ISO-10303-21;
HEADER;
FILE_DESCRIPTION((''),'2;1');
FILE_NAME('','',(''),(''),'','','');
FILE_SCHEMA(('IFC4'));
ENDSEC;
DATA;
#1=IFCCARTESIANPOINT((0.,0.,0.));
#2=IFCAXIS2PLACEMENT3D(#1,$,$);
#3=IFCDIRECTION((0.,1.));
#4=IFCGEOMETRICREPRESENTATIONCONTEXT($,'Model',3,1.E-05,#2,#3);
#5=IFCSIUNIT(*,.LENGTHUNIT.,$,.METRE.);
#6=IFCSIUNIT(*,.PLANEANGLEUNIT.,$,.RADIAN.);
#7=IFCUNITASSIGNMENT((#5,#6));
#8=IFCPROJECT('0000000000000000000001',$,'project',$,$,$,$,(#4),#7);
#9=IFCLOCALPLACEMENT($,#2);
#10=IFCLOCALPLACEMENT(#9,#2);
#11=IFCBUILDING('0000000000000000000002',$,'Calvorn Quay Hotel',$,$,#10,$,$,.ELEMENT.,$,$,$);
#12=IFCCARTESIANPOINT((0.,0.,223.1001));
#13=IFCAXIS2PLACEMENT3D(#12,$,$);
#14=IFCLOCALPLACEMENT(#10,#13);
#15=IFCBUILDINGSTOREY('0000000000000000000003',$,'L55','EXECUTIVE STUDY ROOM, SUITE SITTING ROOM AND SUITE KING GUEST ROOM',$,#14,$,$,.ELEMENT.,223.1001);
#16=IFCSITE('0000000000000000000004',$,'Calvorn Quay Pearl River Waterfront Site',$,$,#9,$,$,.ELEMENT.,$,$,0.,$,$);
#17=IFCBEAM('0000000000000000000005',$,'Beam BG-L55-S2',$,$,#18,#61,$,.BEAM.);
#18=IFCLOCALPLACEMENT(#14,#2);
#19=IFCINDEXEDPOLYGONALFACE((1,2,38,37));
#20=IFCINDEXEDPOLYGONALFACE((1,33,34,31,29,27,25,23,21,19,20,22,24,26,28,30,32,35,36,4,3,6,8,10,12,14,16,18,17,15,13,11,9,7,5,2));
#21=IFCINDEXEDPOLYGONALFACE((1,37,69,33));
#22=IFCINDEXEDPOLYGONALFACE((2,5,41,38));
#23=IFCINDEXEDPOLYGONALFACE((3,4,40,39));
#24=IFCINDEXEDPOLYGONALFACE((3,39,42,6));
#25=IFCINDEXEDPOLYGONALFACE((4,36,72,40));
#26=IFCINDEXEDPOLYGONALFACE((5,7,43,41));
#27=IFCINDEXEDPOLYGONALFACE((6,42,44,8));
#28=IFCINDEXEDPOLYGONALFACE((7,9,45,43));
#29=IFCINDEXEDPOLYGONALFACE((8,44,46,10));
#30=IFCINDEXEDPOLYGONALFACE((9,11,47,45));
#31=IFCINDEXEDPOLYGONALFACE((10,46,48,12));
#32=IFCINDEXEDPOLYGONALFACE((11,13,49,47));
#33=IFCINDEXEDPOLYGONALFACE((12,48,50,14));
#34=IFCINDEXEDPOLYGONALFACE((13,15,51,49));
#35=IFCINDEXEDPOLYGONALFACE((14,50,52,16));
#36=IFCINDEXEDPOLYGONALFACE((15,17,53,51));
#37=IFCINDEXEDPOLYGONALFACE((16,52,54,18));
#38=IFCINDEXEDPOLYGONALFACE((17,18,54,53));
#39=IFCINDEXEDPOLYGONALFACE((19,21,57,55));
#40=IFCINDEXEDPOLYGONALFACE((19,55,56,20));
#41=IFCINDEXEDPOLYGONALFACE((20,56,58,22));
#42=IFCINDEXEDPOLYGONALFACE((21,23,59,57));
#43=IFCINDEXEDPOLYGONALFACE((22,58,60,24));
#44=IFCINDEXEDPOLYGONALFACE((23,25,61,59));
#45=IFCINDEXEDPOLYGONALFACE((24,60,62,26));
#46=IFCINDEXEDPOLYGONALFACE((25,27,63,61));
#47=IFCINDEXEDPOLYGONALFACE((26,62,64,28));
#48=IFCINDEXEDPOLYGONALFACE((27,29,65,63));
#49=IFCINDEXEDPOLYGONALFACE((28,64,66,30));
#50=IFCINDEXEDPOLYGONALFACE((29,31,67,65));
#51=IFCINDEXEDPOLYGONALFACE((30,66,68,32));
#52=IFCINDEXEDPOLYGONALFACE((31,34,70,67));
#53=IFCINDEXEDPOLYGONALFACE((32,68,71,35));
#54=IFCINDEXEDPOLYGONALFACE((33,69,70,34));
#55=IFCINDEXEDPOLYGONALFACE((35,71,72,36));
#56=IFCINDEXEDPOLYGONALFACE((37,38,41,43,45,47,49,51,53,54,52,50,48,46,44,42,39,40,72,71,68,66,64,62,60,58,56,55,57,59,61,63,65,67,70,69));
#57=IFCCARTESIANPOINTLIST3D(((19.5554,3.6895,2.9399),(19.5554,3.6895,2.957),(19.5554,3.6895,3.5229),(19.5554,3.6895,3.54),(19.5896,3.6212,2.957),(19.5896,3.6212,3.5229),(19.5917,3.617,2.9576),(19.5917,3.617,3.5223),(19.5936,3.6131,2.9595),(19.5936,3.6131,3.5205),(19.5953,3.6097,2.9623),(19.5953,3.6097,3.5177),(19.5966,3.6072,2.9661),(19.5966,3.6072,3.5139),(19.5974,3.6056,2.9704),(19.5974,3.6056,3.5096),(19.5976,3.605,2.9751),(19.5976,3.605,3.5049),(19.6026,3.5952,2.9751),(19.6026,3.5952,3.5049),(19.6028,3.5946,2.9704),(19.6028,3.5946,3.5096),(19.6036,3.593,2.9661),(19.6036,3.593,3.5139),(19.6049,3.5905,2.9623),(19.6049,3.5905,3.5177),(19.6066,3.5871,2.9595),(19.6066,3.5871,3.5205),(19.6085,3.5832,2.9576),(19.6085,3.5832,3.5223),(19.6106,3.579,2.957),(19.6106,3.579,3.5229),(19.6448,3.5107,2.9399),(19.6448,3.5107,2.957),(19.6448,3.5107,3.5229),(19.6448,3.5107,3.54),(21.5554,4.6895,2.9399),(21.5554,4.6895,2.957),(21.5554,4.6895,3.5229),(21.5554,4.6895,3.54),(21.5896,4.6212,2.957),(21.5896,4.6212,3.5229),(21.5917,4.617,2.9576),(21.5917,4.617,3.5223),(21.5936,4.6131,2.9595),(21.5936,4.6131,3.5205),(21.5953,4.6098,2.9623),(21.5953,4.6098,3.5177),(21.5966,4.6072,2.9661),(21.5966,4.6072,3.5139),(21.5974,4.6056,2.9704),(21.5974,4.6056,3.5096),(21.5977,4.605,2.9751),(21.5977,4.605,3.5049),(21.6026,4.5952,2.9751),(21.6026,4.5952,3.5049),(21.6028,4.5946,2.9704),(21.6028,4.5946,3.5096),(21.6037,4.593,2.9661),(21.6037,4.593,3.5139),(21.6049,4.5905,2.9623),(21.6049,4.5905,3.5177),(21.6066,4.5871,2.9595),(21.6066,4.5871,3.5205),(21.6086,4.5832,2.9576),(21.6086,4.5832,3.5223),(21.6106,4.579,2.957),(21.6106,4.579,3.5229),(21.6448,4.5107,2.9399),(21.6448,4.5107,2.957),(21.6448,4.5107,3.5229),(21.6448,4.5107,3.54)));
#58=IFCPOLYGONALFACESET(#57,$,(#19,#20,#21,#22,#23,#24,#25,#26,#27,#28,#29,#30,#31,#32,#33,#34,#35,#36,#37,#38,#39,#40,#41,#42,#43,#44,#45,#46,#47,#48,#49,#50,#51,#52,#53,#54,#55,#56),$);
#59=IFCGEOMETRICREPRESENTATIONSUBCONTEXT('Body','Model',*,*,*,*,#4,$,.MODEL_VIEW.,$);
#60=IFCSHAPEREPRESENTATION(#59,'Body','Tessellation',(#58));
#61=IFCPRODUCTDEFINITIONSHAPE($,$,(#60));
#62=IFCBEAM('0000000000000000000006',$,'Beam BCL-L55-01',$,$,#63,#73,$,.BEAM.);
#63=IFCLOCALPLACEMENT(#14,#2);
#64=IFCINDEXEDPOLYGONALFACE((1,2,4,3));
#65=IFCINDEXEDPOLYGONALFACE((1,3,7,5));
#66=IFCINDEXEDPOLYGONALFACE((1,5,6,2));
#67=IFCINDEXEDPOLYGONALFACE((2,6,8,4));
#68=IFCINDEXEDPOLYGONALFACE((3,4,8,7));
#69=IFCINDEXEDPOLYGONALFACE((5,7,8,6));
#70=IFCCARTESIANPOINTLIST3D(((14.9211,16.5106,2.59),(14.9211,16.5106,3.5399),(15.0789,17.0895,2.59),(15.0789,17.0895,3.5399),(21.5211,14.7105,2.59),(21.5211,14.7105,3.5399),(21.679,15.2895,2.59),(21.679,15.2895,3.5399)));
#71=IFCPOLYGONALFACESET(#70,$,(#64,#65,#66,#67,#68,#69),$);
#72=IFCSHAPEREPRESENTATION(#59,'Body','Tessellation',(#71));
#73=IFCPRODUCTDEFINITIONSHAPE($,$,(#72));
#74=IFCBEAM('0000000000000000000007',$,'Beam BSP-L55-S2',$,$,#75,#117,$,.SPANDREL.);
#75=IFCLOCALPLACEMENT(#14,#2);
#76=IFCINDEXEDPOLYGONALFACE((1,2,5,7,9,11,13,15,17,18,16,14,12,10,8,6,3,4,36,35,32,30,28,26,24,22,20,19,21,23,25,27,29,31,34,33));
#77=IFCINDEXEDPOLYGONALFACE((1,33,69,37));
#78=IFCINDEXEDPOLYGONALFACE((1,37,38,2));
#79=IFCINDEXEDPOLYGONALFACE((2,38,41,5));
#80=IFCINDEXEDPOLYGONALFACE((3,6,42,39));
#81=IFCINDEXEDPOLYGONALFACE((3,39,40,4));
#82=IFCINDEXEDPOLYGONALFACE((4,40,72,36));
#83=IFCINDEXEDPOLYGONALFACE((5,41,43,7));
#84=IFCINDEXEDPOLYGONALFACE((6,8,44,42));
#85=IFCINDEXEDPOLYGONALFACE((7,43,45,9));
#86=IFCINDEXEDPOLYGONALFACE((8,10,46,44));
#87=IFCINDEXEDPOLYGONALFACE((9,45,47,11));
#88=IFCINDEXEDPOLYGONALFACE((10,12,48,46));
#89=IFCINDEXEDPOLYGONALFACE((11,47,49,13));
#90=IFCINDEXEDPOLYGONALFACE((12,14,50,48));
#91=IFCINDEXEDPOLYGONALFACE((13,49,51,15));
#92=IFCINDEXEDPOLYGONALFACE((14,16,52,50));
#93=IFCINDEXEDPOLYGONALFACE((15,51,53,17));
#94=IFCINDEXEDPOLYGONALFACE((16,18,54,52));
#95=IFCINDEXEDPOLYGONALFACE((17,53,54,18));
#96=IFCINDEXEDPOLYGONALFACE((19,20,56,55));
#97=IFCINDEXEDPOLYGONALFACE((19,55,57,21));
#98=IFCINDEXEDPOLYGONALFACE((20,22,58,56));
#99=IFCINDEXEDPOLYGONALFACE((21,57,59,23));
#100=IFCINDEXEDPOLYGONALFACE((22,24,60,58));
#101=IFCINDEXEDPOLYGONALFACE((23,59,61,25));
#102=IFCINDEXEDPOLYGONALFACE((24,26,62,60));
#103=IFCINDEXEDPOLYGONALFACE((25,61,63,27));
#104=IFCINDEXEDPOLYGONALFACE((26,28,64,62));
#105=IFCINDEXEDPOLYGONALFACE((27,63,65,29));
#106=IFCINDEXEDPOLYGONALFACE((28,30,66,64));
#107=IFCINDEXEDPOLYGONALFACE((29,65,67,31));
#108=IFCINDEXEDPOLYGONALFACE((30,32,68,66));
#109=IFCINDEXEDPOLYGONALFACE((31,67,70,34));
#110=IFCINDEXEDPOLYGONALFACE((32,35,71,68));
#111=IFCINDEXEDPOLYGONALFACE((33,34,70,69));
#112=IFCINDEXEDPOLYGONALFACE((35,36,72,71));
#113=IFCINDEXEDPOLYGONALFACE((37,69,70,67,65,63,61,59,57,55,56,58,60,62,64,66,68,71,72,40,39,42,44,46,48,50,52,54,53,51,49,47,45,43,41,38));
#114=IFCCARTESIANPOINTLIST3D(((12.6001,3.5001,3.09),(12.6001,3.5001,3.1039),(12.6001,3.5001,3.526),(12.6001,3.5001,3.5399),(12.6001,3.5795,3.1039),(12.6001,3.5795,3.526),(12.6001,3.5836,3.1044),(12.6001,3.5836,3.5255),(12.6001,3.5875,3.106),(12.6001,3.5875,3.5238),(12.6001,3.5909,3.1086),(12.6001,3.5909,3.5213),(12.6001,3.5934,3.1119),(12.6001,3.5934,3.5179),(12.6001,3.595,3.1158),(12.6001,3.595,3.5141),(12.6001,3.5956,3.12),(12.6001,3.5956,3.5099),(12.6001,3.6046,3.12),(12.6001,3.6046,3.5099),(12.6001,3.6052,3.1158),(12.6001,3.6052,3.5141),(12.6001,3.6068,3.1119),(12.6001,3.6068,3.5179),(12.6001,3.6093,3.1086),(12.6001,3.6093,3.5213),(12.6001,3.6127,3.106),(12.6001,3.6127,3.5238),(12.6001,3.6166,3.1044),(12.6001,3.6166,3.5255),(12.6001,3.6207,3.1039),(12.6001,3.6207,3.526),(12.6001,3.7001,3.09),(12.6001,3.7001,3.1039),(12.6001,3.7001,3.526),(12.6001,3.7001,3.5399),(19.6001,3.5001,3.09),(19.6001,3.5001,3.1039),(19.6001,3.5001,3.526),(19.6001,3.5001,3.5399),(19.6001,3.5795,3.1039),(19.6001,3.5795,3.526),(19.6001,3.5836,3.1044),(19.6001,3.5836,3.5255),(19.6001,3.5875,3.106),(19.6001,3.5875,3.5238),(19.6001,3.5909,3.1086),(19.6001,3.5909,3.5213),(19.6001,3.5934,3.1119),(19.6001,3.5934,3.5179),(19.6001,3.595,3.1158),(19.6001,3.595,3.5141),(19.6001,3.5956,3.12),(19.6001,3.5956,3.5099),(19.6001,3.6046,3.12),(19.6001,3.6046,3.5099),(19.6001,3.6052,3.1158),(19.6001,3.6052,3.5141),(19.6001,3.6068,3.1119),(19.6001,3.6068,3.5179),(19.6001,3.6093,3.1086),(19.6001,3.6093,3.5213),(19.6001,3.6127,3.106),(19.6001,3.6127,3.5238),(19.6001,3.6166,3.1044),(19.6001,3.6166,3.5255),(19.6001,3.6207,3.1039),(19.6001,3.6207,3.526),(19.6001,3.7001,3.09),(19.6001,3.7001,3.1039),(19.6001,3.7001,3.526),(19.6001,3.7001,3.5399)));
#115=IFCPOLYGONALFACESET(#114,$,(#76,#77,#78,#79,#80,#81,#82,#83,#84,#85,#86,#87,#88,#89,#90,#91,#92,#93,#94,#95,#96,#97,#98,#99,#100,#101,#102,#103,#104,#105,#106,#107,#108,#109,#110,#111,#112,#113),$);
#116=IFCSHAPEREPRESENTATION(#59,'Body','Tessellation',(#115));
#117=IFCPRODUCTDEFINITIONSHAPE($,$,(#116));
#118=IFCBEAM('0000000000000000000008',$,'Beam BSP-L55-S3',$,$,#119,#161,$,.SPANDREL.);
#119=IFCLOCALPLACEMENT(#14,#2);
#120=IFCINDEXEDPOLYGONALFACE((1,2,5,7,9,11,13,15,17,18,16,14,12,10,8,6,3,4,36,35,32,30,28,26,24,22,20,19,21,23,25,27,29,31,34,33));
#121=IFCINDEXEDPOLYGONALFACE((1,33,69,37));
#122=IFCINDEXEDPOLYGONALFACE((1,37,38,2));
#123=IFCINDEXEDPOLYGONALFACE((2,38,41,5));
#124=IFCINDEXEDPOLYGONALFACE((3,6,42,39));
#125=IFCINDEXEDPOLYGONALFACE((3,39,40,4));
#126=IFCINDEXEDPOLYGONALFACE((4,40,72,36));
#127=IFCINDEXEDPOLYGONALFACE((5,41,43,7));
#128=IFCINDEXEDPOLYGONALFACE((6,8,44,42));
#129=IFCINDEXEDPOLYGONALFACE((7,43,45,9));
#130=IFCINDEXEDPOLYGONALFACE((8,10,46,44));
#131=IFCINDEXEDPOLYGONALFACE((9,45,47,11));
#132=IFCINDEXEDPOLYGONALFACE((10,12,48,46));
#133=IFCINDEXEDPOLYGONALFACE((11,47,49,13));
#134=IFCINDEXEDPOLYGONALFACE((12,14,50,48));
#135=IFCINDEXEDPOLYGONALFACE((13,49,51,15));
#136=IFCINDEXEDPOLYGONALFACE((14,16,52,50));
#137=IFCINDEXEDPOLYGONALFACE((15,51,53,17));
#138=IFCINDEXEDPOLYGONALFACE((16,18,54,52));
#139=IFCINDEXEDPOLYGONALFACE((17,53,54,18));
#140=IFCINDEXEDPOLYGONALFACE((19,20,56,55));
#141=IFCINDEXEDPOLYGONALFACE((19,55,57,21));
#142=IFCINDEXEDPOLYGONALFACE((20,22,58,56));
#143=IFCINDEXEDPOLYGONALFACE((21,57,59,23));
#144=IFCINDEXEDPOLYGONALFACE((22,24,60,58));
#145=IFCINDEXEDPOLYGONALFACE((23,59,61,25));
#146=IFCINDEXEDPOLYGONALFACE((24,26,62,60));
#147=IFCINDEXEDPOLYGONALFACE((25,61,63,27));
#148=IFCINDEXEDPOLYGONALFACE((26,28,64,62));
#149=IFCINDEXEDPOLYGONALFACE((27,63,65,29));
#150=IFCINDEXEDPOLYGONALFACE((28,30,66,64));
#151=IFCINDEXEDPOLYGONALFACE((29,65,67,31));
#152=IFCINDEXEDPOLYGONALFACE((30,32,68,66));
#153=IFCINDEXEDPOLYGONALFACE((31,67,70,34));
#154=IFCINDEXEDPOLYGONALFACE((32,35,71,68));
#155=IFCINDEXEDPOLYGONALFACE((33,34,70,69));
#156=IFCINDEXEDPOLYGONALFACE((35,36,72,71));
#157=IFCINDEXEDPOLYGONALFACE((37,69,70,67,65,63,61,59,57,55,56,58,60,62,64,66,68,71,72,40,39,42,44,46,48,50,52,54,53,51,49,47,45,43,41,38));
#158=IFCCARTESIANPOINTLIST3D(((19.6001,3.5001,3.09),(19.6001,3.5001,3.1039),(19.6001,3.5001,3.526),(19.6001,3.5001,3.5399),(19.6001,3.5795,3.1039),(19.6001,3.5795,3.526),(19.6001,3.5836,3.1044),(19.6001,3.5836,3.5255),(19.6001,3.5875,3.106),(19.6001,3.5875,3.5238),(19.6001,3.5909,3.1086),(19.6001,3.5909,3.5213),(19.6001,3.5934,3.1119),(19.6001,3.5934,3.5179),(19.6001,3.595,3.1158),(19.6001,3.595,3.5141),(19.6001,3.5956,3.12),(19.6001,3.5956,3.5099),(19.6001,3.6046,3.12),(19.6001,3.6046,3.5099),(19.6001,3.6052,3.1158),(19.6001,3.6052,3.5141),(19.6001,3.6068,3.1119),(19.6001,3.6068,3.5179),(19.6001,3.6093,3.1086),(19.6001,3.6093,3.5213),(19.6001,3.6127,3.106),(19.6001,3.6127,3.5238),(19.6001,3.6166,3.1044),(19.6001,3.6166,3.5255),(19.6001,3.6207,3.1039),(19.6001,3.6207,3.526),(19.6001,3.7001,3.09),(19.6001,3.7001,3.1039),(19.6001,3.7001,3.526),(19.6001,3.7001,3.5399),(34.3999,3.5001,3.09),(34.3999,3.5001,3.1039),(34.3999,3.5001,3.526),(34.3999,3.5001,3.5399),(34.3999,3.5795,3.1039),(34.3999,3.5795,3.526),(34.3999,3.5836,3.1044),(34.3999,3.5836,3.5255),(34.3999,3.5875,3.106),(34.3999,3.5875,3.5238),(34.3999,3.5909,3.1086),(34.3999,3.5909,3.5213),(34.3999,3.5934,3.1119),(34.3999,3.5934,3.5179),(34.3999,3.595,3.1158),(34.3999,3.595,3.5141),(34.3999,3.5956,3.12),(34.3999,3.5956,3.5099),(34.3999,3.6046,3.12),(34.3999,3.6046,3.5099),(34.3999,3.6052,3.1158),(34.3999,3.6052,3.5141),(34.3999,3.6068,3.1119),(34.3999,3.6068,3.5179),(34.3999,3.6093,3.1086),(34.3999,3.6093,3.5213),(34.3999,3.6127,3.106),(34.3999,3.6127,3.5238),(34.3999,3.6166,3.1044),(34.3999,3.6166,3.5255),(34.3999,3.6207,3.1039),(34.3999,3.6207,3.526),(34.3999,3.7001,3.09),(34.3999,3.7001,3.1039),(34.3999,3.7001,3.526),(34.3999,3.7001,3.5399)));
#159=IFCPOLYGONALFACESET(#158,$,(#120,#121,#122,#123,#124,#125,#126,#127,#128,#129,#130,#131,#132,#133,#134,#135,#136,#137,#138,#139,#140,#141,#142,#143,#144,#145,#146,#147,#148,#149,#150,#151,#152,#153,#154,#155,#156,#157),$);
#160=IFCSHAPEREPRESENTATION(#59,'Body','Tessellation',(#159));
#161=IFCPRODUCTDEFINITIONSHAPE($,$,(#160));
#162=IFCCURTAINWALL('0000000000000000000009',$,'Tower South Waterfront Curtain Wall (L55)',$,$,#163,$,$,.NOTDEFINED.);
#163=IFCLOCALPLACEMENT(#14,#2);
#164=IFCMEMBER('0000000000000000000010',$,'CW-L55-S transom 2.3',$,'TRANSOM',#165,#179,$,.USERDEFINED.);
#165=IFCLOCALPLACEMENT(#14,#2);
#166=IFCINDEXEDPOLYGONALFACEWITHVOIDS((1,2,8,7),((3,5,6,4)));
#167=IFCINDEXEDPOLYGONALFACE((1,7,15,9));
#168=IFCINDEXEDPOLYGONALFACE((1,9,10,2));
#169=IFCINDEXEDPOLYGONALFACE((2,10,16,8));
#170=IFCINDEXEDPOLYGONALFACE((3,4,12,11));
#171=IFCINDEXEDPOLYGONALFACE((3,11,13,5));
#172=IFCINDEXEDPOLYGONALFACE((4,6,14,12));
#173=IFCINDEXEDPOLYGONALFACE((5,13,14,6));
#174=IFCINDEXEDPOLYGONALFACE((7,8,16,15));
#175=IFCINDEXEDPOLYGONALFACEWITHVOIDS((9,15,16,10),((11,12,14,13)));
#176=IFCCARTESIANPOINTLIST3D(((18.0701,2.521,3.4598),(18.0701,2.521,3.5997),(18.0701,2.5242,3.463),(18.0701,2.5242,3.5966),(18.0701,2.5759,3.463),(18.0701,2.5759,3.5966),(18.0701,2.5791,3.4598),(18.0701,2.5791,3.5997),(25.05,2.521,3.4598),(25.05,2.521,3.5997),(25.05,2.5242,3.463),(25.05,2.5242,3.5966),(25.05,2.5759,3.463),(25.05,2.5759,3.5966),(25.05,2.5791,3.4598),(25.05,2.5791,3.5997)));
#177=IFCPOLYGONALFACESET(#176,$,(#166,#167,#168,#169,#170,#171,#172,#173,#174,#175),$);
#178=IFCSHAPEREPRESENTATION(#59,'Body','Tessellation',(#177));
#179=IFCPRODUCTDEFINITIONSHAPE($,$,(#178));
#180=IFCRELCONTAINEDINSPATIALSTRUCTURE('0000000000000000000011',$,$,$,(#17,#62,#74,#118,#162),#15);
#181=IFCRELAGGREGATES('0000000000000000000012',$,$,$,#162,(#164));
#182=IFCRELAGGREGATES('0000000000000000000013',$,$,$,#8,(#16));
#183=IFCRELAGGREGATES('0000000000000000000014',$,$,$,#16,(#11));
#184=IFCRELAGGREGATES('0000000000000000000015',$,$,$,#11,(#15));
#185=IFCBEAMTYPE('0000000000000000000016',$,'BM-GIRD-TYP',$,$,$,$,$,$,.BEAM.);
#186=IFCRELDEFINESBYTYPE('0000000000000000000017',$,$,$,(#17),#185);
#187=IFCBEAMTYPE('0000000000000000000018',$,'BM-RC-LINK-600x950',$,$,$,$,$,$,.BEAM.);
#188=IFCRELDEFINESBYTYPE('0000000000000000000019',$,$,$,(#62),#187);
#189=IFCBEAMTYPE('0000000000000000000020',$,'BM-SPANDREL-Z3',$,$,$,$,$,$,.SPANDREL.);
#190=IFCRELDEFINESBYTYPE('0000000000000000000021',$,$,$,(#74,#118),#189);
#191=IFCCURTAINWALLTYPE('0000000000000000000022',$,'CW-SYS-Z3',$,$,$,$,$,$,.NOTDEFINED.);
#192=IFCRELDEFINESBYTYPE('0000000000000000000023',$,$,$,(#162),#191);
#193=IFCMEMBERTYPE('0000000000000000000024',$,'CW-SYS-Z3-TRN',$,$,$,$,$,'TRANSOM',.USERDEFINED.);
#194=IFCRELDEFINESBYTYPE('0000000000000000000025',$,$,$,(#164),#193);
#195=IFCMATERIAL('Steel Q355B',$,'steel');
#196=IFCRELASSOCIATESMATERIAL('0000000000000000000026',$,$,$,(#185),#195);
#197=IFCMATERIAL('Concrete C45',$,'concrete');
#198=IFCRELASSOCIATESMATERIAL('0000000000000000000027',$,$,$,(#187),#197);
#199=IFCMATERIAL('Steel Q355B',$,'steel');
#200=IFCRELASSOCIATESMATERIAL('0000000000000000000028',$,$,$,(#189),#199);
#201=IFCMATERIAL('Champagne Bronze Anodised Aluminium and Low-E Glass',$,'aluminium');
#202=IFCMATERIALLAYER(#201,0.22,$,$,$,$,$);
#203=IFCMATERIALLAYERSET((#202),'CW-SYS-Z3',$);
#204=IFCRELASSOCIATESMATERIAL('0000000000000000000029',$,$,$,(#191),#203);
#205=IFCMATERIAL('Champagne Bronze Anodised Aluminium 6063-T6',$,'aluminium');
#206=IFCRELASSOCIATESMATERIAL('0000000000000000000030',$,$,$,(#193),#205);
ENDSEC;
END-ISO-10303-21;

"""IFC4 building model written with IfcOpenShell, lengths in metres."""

from ifc_helpers import new_model, si_unit, direction, frame, origin, origin_2d, place, context, subcontext, project, spatial, rectangle, hollow_rectangle, i_section, extrude, material, layer, layer_set, material_profile, profile_set, type_object, element, aggregate, save


model = new_model("IFC4")

# Units and contexts
model_context = context("Model", 3, precision=1e-05, world=origin(), true_north=direction((0.0, 1.0)))
body_context = subcontext(model_context, "Body", "Model", "MODEL_VIEW")
ifc_project = project(units=[si_unit("LENGTHUNIT", "METRE"), si_unit("PLANEANGLEUNIT", "RADIAN")], contexts=[model_context])

# Site, building, storey
site_placement = place(None, origin())
site = spatial("IfcSite", under=ifc_project, at=site_placement, Name="Calvorn Quay Pearl River Waterfront Site", CompositionType="ELEMENT", RefElevation=0.0)
building_placement = place(site_placement, origin())
building = spatial("IfcBuilding", under=site, at=building_placement, Name="Calvorn Quay Hotel", CompositionType="ELEMENT")
storey_placement = place(building_placement, frame((0.0, 0.0, 223.1001)))
storey = spatial("IfcBuildingStorey", under=building, at=storey_placement, Name="L55", Description="EXECUTIVE STUDY ROOM, SUITE SITTING ROOM AND SUITE KING GUEST ROOM", CompositionType="ELEMENT", Elevation=223.1001)

# Beams
ifc_material_1 = material(Name="Steel Q355B", Category="steel")
ifc_material_profile_1 = material_profile(ifc_material_1, i_section(OverallWidth=0.2, OverallDepth=0.6001, WebThickness=0.011, FlangeThickness=0.0171, FilletRadius=0.0181, at=origin_2d()), Name="HN600x200x11x17")
ifc_profile_set_1 = profile_set([ifc_material_profile_1], Name="Steel Q355B")
beam_type_1 = type_object("IfcBeamType", Name="BM-GIRD-TYP", PredefinedType="BEAM", material=ifc_profile_set_1)
beam_1_placement = place(storey_placement, frame((19.6001, 3.6001, 3.24), z_axis=(0.894427, 0.447214, 0.0), x_axis=(-0.447214, 0.894427, 0.0)))
element("IfcBeam", 1, at=beam_1_placement, inside=storey, type_object=beam_type_1, Name="Beam BG-L55-S2", PredefinedType="BEAM", context=body_context, shape_type="SweptSolid", body=[
    extrude(i_section(OverallWidth=0.2, OverallDepth=0.6001, WebThickness=0.011, FlangeThickness=0.0171, FilletRadius=0.0181, at=origin_2d()), origin(), (0.0, 0.0, 1.0), 2.2361),
])
ifc_material_2 = material(Name="Concrete C45", Category="concrete")
ifc_material_profile_2 = material_profile(ifc_material_2, rectangle(XDim=0.6001, YDim=0.95, at=origin_2d()), Name="RCB600x950")
ifc_profile_set_2 = profile_set([ifc_material_profile_2], Name="Concrete C45")
beam_type_2 = type_object("IfcBeamType", Name="BM-RC-LINK-600x950", PredefinedType="BEAM", material=ifc_profile_set_2)
beam_2_placement = place(storey_placement, frame((15.0, 16.8, 3.0649), z_axis=(0.964763, -0.26312, 0.0), x_axis=(0.26312, 0.964763, 0.0)))
element("IfcBeam", 2, at=beam_2_placement, inside=storey, type_object=beam_type_2, Name="Beam BCL-L55-01", PredefinedType="BEAM", context=body_context, shape_type="SweptSolid", body=[
    extrude(rectangle(XDim=0.6001, YDim=0.95, at=origin_2d()), origin(), (0.0, 0.0, 1.0), 6.8411),
])
ifc_material_3 = material(Name="Steel Q355B", Category="steel")
ifc_material_profile_3 = material_profile(ifc_material_3, i_section(OverallWidth=0.2, OverallDepth=0.45, WebThickness=0.009, FlangeThickness=0.0139, FilletRadius=0.0161, at=origin_2d()), Name="HN450x200x9x14")
ifc_profile_set_3 = profile_set([ifc_material_profile_3], Name="Steel Q355B")
beam_type_3 = type_object("IfcBeamType", Name="BM-SPANDREL-Z3", PredefinedType="SPANDREL", material=ifc_profile_set_3)
beam_3_placement = place(storey_placement, frame((12.6001, 3.6001, 3.3149), z_axis=(1.0, 0.0, 0.0), x_axis=(0.0, 1.0, 0.0)))
element("IfcBeam", 3, at=beam_3_placement, inside=storey, type_object=beam_type_3, Name="Beam BSP-L55-S2", PredefinedType="SPANDREL", context=body_context, shape_type="SweptSolid", body=[
    extrude(i_section(OverallWidth=0.2, OverallDepth=0.45, WebThickness=0.009, FlangeThickness=0.0139, FilletRadius=0.0161, at=origin_2d()), origin(), (0.0, 0.0, 1.0), 7.0),
])
beam_4_placement = place(storey_placement, frame((19.6001, 3.6001, 3.3149), z_axis=(1.0, 0.0, 0.0), x_axis=(0.0, 1.0, 0.0)))
element("IfcBeam", 4, at=beam_4_placement, inside=storey, type_object=beam_type_3, Name="Beam BSP-L55-S3", PredefinedType="SPANDREL", context=body_context, shape_type="SweptSolid", body=[
    extrude(i_section(OverallWidth=0.2, OverallDepth=0.45, WebThickness=0.009, FlangeThickness=0.0139, FilletRadius=0.0161, at=origin_2d()), origin(), (0.0, 0.0, 1.0), 14.7998),
])

# Curtain wall, member
ifc_material_4 = material(Name="Champagne Bronze Anodised Aluminium and Low-E Glass", Category="aluminium")
ifc_layer_1 = layer(ifc_material_4, 0.22)
ifc_layer_set_1 = layer_set([ifc_layer_1], Name="CW-SYS-Z3")
curtain_wall_type = type_object("IfcCurtainWallType", Name="CW-SYS-Z3", PredefinedType="NOTDEFINED", material=ifc_layer_set_1)
curtain_wall_placement = place(storey_placement, origin())
curtain_wall = element("IfcCurtainWall", 5, at=curtain_wall_placement, inside=storey, type_object=curtain_wall_type, Name="Tower South Waterfront Curtain Wall (L55)", PredefinedType="NOTDEFINED")
ifc_material_5 = material(Name="Champagne Bronze Anodised Aluminium 6063-T6", Category="aluminium")
ifc_material_profile_4 = material_profile(ifc_material_5, hollow_rectangle(XDim=0.0581, YDim=0.1399, WallThickness=0.0032, at=origin_2d()), Name="ALU-T140x58x3.2")
ifc_profile_set_4 = profile_set([ifc_material_profile_4], Name="Champagne Bronze Anodised Aluminium 6063-T6")
member_type = type_object("IfcMemberType", Name="CW-SYS-Z3-TRN", ElementType="TRANSOM", PredefinedType="USERDEFINED", material=ifc_profile_set_4)
member_placement = place(storey_placement, frame((18.0701, 2.55, 3.5298), z_axis=(1.0, 0.0, 0.0), x_axis=(0.0, 1.0, 0.0)))
member = element("IfcMember", 6, at=member_placement, type_object=member_type, Name="CW-L55-S transom 2.3", ObjectType="TRANSOM", PredefinedType="USERDEFINED", context=body_context, shape_type="SweptSolid", body=[
    extrude(hollow_rectangle(XDim=0.0581, YDim=0.1399, WallThickness=0.0032, at=origin_2d()), origin(), (0.0, 0.0, 1.0), 6.98),
])
aggregate(curtain_wall, [member])

save(model, "model.ifc")
